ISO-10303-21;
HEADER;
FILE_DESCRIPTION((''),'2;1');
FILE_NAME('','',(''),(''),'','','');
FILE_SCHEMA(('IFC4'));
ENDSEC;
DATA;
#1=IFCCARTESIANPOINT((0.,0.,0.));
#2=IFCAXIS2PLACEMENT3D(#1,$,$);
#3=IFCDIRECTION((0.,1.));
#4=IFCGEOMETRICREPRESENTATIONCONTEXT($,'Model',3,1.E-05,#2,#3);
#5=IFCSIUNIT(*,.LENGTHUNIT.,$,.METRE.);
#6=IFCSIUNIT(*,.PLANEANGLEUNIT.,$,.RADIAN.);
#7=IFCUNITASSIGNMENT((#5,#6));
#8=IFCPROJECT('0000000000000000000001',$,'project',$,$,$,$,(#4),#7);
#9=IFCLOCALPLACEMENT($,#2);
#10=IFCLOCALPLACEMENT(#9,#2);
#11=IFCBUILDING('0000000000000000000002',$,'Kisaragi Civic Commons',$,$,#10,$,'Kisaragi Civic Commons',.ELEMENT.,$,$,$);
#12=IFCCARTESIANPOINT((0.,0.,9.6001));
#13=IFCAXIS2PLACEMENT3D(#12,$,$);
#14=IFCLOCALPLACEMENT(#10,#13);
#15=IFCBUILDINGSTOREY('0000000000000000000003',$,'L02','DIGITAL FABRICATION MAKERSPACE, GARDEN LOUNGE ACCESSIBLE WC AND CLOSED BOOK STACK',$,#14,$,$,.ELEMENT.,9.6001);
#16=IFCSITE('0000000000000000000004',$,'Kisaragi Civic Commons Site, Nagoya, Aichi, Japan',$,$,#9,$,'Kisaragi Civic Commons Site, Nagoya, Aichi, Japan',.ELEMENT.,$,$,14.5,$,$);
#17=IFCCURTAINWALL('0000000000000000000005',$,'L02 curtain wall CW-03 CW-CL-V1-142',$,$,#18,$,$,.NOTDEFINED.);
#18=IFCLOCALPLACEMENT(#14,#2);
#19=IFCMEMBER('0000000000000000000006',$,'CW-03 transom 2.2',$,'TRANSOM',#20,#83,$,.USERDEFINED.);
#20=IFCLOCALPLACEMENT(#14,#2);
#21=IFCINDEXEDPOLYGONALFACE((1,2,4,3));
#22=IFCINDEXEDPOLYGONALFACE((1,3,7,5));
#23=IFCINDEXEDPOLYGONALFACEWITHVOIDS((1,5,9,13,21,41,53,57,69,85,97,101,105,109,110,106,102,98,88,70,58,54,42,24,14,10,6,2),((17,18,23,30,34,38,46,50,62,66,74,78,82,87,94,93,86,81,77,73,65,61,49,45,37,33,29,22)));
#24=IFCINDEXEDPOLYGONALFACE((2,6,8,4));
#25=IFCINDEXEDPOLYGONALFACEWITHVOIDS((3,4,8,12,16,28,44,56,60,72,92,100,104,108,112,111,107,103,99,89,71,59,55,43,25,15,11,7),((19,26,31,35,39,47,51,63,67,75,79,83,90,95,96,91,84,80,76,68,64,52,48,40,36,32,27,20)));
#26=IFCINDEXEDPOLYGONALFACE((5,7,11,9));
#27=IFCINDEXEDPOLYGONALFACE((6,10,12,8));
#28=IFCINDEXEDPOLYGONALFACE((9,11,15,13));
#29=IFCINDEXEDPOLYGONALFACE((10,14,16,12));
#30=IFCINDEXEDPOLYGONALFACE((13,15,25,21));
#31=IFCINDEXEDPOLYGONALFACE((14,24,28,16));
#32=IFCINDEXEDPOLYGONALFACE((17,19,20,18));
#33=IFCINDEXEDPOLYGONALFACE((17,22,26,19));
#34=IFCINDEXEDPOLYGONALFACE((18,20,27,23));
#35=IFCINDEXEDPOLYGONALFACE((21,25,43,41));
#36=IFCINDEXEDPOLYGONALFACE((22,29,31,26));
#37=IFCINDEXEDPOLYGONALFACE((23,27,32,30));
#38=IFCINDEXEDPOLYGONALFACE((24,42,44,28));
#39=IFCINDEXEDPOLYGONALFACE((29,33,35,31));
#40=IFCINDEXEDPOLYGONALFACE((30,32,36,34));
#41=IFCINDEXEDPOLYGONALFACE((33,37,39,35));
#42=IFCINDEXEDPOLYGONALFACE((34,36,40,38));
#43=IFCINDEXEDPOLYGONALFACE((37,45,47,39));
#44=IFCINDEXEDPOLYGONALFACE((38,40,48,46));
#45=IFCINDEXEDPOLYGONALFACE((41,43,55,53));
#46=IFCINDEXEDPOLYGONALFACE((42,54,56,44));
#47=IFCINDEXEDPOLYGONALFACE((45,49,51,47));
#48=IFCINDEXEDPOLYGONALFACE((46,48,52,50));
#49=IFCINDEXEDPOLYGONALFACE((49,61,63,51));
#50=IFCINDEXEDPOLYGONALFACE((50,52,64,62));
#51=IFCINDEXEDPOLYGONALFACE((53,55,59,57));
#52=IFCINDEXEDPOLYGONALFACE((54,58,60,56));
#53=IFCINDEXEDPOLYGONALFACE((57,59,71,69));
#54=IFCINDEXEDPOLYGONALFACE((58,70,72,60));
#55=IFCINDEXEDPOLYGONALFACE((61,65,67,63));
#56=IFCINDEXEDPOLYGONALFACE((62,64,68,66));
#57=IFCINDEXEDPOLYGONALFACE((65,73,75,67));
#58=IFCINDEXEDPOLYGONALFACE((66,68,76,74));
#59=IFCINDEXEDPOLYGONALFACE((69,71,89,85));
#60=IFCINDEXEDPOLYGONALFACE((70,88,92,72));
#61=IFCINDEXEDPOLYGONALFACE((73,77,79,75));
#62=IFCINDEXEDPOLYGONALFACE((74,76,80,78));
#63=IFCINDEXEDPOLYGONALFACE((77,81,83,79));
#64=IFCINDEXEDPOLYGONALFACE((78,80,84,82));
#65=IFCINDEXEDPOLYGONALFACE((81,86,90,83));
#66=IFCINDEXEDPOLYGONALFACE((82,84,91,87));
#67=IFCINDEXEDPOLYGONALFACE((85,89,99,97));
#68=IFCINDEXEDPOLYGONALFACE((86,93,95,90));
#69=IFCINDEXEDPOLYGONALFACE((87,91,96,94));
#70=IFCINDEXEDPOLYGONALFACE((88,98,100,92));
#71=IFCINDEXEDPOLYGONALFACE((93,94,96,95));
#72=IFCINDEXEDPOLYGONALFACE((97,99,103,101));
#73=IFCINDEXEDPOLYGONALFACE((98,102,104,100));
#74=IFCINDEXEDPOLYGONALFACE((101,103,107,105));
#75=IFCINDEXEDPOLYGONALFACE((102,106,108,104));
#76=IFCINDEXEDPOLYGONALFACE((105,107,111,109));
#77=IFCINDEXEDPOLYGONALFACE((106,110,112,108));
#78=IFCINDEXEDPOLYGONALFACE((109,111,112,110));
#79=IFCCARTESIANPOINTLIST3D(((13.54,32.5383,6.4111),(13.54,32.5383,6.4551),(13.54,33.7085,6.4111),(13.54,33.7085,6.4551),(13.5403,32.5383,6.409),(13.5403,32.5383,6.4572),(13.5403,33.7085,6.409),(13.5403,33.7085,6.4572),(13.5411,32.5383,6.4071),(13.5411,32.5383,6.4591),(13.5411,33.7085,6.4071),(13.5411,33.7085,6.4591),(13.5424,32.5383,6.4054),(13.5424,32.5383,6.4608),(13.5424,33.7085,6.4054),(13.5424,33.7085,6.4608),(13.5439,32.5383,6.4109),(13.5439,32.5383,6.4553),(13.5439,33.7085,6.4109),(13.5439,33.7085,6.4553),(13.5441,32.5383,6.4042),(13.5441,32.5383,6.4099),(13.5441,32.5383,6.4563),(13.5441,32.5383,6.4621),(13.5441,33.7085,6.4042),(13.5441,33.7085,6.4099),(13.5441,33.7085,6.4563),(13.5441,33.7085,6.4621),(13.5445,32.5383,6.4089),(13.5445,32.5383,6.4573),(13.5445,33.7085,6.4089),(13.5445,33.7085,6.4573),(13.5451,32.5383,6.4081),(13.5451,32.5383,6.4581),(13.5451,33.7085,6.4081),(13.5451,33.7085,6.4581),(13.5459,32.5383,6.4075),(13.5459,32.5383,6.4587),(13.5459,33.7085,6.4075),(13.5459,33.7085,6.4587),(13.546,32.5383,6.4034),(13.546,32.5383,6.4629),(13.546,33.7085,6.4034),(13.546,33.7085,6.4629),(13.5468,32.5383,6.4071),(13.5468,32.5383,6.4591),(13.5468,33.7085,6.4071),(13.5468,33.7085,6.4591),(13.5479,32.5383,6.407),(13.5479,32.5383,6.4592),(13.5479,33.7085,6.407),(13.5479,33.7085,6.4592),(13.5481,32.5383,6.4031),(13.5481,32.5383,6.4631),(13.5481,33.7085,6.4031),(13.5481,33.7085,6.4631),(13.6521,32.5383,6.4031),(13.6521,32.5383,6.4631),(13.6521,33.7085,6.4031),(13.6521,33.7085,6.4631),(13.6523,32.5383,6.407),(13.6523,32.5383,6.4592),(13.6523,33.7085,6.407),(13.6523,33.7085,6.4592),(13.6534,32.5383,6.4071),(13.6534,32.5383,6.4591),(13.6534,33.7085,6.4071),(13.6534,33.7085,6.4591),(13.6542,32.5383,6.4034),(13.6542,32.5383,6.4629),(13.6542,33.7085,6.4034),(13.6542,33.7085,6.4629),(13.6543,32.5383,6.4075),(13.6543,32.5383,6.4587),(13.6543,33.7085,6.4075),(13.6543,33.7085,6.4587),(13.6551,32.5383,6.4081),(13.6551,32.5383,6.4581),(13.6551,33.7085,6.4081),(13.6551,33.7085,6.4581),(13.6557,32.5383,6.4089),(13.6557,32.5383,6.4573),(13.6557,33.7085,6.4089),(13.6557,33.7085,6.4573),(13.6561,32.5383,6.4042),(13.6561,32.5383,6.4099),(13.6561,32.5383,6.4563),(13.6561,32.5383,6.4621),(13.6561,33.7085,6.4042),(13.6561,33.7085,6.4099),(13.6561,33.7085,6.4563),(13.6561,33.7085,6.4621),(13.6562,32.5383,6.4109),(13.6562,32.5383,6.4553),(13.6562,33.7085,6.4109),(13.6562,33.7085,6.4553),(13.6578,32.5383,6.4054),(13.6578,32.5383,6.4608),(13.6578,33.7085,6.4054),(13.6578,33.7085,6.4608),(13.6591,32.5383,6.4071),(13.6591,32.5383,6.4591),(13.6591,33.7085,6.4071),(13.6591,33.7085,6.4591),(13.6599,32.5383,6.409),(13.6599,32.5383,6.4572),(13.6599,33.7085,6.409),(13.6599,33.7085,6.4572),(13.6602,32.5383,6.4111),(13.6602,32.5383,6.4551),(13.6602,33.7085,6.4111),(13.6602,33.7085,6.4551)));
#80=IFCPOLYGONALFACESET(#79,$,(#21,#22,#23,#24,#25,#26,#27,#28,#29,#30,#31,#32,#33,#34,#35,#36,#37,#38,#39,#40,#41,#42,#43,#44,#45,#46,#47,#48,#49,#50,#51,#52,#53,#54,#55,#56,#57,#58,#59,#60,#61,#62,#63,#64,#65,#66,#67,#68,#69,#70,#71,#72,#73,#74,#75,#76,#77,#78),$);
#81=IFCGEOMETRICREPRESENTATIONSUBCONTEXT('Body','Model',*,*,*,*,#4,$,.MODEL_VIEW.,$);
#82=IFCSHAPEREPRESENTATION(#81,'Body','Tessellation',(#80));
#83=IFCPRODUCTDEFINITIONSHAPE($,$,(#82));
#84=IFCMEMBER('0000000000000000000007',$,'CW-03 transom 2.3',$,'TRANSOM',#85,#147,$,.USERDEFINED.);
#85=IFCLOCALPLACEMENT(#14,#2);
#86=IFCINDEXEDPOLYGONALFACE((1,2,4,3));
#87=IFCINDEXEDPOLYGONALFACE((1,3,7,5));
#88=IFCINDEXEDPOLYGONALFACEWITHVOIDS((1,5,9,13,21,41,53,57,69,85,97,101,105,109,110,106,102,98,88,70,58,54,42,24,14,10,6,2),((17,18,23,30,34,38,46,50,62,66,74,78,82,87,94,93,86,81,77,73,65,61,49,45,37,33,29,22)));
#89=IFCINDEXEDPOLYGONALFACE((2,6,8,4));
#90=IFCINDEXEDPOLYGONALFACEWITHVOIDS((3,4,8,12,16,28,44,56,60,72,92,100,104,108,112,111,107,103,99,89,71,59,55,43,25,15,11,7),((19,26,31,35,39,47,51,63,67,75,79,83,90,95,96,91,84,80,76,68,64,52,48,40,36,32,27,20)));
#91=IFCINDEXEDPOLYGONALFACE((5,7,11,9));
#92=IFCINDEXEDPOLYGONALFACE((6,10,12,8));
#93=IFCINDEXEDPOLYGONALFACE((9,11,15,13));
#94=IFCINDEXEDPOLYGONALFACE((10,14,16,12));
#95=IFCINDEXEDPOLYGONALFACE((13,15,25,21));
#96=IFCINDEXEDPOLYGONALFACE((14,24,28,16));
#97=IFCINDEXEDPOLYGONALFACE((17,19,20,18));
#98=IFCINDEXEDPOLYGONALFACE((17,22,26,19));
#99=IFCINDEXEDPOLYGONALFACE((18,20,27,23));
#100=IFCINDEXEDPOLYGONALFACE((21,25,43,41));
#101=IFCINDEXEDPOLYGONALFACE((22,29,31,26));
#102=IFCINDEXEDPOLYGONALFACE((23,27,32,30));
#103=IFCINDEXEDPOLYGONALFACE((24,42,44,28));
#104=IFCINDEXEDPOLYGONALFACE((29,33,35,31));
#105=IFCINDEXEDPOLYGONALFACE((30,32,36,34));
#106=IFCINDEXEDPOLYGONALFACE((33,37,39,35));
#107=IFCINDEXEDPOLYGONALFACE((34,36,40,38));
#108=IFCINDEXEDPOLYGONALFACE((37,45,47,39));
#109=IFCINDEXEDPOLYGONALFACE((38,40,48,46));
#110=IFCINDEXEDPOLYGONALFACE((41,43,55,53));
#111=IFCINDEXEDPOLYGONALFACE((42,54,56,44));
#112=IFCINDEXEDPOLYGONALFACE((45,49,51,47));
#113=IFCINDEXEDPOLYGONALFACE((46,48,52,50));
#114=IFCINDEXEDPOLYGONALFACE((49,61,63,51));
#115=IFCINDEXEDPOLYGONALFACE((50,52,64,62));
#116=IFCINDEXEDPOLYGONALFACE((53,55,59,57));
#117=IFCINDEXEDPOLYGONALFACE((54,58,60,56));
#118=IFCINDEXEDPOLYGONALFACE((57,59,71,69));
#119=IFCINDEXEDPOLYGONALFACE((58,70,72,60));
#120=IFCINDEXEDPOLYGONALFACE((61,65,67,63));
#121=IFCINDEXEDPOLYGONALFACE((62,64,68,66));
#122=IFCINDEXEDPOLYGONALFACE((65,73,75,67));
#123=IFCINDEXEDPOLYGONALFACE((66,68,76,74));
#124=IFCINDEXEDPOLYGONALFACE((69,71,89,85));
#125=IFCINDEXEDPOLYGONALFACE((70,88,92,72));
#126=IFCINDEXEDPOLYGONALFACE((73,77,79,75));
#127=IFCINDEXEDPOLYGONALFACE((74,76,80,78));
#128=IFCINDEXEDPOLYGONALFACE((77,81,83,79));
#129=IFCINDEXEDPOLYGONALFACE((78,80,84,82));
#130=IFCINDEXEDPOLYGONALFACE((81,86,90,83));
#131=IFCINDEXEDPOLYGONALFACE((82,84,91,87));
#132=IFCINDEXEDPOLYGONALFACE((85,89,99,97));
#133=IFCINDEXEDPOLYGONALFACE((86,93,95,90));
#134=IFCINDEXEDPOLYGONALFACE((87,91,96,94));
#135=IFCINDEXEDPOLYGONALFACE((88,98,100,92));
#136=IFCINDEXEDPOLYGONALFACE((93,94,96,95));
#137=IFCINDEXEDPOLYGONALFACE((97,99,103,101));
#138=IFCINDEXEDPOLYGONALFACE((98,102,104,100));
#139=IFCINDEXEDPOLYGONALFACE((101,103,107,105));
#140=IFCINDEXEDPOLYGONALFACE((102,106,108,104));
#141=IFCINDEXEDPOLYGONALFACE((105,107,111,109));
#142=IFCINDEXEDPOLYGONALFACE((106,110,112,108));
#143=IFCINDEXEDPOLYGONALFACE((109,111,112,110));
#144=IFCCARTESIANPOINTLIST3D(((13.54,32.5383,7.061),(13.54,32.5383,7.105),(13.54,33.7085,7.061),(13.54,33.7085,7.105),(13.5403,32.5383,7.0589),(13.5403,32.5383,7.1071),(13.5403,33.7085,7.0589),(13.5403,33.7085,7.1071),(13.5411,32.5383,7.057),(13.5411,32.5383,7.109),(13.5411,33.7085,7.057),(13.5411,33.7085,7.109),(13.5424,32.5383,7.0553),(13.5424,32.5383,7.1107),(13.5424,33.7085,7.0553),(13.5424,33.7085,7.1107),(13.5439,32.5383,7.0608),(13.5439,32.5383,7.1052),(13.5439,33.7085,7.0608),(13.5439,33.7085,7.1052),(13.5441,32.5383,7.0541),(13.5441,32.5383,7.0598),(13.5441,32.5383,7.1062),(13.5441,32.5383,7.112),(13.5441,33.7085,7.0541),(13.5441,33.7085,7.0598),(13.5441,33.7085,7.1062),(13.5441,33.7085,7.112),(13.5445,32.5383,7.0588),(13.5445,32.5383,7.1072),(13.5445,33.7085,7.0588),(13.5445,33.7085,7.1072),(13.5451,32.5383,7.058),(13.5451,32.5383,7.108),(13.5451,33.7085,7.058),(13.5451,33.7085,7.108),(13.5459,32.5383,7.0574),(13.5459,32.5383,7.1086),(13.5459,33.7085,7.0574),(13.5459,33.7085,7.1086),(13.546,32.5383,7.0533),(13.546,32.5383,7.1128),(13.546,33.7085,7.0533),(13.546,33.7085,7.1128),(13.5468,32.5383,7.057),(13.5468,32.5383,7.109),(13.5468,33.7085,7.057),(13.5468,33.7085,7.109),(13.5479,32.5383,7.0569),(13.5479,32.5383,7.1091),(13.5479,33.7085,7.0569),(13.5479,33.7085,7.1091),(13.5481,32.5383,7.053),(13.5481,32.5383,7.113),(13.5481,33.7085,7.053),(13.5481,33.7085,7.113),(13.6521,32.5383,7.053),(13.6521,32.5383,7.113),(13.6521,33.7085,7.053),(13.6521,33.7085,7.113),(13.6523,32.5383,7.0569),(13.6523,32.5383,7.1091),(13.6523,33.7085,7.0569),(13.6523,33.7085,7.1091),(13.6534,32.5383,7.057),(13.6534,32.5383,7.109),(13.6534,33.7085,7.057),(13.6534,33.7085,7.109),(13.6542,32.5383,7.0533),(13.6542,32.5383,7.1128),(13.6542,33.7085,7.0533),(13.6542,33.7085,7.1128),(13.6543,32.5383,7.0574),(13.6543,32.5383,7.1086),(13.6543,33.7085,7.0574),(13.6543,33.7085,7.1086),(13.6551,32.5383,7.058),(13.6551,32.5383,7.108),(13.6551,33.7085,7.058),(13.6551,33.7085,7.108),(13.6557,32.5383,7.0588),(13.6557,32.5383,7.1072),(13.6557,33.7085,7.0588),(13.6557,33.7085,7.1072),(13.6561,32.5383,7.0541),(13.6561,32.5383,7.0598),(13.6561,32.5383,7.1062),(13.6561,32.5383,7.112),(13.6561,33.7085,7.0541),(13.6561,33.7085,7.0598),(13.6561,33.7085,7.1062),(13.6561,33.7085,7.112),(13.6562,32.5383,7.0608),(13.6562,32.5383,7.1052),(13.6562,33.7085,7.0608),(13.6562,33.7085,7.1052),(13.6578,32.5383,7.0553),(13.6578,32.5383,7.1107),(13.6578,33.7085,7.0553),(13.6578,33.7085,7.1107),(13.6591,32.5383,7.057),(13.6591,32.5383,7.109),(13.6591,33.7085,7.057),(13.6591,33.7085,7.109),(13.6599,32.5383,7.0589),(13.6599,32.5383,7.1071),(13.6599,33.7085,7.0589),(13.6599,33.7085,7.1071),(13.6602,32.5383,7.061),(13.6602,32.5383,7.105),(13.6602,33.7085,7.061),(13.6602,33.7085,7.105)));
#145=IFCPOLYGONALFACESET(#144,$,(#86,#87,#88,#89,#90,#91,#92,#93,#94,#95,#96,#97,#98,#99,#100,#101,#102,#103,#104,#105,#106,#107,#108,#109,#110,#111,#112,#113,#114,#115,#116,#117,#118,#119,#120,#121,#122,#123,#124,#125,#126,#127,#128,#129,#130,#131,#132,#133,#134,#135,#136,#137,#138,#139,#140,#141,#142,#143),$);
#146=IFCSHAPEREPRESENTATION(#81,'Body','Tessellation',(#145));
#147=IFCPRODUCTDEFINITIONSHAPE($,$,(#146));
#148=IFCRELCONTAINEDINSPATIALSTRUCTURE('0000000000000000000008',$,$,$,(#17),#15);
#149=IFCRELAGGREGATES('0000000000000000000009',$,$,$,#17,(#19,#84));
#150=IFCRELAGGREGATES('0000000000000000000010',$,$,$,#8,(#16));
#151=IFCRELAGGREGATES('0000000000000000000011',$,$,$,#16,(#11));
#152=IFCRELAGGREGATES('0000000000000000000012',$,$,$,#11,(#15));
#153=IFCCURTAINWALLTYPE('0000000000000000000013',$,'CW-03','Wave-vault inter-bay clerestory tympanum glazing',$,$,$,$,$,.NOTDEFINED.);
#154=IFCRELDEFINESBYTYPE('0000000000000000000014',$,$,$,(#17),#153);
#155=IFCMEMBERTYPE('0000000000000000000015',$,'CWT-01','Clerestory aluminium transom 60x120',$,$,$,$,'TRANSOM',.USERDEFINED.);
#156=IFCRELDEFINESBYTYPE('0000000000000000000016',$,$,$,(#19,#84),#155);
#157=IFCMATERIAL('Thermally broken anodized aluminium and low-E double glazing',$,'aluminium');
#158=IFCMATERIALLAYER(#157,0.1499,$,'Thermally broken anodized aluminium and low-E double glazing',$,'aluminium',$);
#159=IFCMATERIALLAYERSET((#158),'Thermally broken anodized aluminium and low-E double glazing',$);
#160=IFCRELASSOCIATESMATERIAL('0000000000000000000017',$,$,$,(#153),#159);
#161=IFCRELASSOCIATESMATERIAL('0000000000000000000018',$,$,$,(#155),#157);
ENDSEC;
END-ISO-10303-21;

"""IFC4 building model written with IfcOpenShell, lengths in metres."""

from ifc_helpers import new_model, si_unit, direction, frame, origin, origin_2d, place, context, subcontext, project, spatial, hollow_rectangle, extrude, material, layer, layer_set, material_profile, profile_set, type_object, element, aggregate, save


model = new_model("IFC4")

# Units and contexts
model_context = context("Model", 3, precision=1e-05, world=origin(), true_north=direction((0.0, 1.0)))
body_context = subcontext(model_context, "Body", "Model", "MODEL_VIEW")
ifc_project = project(units=[si_unit("LENGTHUNIT", "METRE"), si_unit("PLANEANGLEUNIT", "RADIAN")], contexts=[model_context])

# Site, building, storey
site_placement = place(None, origin())
site = spatial("IfcSite", under=ifc_project, at=site_placement, Name="Kisaragi Civic Commons Site, Nagoya, Aichi, Japan", LongName="Kisaragi Civic Commons Site, Nagoya, Aichi, Japan", CompositionType="ELEMENT", RefElevation=14.5)
building_placement = place(site_placement, origin())
building = spatial("IfcBuilding", under=site, at=building_placement, Name="Kisaragi Civic Commons", LongName="Kisaragi Civic Commons", CompositionType="ELEMENT")
storey_placement = place(building_placement, frame((0.0, 0.0, 9.6001)))
storey = spatial("IfcBuildingStorey", under=building, at=storey_placement, Name="L02", Description="DIGITAL FABRICATION MAKERSPACE, GARDEN LOUNGE ACCESSIBLE WC AND CLOSED BOOK STACK", CompositionType="ELEMENT", Elevation=9.6001)

# Curtain wall, members
ifc_material_1 = material(Name="Thermally broken anodized aluminium and low-E double glazing", Category="aluminium")
ifc_layer_1 = layer(ifc_material_1, 0.1499, Name="Thermally broken anodized aluminium and low-E double glazing", Category="aluminium")
ifc_layer_set_1 = layer_set([ifc_layer_1], Name="Thermally broken anodized aluminium and low-E double glazing")
curtain_wall_type = type_object("IfcCurtainWallType", Name="CW-03", Description="Wave-vault inter-bay clerestory tympanum glazing", PredefinedType="NOTDEFINED", material=ifc_layer_set_1)
curtain_wall_1_placement = place(storey_placement, origin())
curtain_wall_1 = element("IfcCurtainWall", 1, at=curtain_wall_1_placement, inside=storey, type_object=curtain_wall_type, Name="L02 curtain wall CW-03 CW-CL-V1-142", PredefinedType="NOTDEFINED")
ifc_material_profile_1 = material_profile(ifc_material_1, hollow_rectangle(XDim=0.1201, YDim=0.0601, WallThickness=0.0039, InnerFilletRadius=0.0039, OuterFilletRadius=0.0081, at=origin_2d()), Name="CWT-60x120x4", Category="aluminium")
ifc_profile_set_1 = profile_set([ifc_material_profile_1], Name="Thermally broken anodized aluminium and low-E double glazing")
member_type_1 = type_object("IfcMemberType", Name="CWT-01", Description="Clerestory aluminium transom 60x120", ElementType="TRANSOM", PredefinedType="USERDEFINED", material=ifc_profile_set_1)
member_1_placement = place(storey_placement, frame((13.6001, 32.5383, 6.4331), z_axis=(0.0, 1.0, 0.0), x_axis=(-1.0, 0.0, 0.0)))
member_1 = element("IfcMember", 2, at=member_1_placement, type_object=member_type_1, Name="CW-03 transom 2.2", ObjectType="TRANSOM", PredefinedType="USERDEFINED", context=body_context, shape_type="SweptSolid", body=[
    extrude(hollow_rectangle(XDim=0.1201, YDim=0.0601, WallThickness=0.0039, InnerFilletRadius=0.0039, OuterFilletRadius=0.0081, at=origin_2d()), origin(), (0.0, 0.0, 1.0), 1.1702),
])
member_2_placement = place(storey_placement, frame((13.6001, 32.5383, 7.083), z_axis=(0.0, 1.0, 0.0), x_axis=(-1.0, 0.0, 0.0)))
member_2 = element("IfcMember", 3, at=member_2_placement, type_object=member_type_1, Name="CW-03 transom 2.3", ObjectType="TRANSOM", PredefinedType="USERDEFINED", context=body_context, shape_type="SweptSolid", body=[
    extrude(hollow_rectangle(XDim=0.1201, YDim=0.0601, WallThickness=0.0039, InnerFilletRadius=0.0039, OuterFilletRadius=0.0081, at=origin_2d()), origin(), (0.0, 0.0, 1.0), 1.1702),
])

aggregate(curtain_wall_1, [member_1, member_2])

save(model, "model.ifc")
